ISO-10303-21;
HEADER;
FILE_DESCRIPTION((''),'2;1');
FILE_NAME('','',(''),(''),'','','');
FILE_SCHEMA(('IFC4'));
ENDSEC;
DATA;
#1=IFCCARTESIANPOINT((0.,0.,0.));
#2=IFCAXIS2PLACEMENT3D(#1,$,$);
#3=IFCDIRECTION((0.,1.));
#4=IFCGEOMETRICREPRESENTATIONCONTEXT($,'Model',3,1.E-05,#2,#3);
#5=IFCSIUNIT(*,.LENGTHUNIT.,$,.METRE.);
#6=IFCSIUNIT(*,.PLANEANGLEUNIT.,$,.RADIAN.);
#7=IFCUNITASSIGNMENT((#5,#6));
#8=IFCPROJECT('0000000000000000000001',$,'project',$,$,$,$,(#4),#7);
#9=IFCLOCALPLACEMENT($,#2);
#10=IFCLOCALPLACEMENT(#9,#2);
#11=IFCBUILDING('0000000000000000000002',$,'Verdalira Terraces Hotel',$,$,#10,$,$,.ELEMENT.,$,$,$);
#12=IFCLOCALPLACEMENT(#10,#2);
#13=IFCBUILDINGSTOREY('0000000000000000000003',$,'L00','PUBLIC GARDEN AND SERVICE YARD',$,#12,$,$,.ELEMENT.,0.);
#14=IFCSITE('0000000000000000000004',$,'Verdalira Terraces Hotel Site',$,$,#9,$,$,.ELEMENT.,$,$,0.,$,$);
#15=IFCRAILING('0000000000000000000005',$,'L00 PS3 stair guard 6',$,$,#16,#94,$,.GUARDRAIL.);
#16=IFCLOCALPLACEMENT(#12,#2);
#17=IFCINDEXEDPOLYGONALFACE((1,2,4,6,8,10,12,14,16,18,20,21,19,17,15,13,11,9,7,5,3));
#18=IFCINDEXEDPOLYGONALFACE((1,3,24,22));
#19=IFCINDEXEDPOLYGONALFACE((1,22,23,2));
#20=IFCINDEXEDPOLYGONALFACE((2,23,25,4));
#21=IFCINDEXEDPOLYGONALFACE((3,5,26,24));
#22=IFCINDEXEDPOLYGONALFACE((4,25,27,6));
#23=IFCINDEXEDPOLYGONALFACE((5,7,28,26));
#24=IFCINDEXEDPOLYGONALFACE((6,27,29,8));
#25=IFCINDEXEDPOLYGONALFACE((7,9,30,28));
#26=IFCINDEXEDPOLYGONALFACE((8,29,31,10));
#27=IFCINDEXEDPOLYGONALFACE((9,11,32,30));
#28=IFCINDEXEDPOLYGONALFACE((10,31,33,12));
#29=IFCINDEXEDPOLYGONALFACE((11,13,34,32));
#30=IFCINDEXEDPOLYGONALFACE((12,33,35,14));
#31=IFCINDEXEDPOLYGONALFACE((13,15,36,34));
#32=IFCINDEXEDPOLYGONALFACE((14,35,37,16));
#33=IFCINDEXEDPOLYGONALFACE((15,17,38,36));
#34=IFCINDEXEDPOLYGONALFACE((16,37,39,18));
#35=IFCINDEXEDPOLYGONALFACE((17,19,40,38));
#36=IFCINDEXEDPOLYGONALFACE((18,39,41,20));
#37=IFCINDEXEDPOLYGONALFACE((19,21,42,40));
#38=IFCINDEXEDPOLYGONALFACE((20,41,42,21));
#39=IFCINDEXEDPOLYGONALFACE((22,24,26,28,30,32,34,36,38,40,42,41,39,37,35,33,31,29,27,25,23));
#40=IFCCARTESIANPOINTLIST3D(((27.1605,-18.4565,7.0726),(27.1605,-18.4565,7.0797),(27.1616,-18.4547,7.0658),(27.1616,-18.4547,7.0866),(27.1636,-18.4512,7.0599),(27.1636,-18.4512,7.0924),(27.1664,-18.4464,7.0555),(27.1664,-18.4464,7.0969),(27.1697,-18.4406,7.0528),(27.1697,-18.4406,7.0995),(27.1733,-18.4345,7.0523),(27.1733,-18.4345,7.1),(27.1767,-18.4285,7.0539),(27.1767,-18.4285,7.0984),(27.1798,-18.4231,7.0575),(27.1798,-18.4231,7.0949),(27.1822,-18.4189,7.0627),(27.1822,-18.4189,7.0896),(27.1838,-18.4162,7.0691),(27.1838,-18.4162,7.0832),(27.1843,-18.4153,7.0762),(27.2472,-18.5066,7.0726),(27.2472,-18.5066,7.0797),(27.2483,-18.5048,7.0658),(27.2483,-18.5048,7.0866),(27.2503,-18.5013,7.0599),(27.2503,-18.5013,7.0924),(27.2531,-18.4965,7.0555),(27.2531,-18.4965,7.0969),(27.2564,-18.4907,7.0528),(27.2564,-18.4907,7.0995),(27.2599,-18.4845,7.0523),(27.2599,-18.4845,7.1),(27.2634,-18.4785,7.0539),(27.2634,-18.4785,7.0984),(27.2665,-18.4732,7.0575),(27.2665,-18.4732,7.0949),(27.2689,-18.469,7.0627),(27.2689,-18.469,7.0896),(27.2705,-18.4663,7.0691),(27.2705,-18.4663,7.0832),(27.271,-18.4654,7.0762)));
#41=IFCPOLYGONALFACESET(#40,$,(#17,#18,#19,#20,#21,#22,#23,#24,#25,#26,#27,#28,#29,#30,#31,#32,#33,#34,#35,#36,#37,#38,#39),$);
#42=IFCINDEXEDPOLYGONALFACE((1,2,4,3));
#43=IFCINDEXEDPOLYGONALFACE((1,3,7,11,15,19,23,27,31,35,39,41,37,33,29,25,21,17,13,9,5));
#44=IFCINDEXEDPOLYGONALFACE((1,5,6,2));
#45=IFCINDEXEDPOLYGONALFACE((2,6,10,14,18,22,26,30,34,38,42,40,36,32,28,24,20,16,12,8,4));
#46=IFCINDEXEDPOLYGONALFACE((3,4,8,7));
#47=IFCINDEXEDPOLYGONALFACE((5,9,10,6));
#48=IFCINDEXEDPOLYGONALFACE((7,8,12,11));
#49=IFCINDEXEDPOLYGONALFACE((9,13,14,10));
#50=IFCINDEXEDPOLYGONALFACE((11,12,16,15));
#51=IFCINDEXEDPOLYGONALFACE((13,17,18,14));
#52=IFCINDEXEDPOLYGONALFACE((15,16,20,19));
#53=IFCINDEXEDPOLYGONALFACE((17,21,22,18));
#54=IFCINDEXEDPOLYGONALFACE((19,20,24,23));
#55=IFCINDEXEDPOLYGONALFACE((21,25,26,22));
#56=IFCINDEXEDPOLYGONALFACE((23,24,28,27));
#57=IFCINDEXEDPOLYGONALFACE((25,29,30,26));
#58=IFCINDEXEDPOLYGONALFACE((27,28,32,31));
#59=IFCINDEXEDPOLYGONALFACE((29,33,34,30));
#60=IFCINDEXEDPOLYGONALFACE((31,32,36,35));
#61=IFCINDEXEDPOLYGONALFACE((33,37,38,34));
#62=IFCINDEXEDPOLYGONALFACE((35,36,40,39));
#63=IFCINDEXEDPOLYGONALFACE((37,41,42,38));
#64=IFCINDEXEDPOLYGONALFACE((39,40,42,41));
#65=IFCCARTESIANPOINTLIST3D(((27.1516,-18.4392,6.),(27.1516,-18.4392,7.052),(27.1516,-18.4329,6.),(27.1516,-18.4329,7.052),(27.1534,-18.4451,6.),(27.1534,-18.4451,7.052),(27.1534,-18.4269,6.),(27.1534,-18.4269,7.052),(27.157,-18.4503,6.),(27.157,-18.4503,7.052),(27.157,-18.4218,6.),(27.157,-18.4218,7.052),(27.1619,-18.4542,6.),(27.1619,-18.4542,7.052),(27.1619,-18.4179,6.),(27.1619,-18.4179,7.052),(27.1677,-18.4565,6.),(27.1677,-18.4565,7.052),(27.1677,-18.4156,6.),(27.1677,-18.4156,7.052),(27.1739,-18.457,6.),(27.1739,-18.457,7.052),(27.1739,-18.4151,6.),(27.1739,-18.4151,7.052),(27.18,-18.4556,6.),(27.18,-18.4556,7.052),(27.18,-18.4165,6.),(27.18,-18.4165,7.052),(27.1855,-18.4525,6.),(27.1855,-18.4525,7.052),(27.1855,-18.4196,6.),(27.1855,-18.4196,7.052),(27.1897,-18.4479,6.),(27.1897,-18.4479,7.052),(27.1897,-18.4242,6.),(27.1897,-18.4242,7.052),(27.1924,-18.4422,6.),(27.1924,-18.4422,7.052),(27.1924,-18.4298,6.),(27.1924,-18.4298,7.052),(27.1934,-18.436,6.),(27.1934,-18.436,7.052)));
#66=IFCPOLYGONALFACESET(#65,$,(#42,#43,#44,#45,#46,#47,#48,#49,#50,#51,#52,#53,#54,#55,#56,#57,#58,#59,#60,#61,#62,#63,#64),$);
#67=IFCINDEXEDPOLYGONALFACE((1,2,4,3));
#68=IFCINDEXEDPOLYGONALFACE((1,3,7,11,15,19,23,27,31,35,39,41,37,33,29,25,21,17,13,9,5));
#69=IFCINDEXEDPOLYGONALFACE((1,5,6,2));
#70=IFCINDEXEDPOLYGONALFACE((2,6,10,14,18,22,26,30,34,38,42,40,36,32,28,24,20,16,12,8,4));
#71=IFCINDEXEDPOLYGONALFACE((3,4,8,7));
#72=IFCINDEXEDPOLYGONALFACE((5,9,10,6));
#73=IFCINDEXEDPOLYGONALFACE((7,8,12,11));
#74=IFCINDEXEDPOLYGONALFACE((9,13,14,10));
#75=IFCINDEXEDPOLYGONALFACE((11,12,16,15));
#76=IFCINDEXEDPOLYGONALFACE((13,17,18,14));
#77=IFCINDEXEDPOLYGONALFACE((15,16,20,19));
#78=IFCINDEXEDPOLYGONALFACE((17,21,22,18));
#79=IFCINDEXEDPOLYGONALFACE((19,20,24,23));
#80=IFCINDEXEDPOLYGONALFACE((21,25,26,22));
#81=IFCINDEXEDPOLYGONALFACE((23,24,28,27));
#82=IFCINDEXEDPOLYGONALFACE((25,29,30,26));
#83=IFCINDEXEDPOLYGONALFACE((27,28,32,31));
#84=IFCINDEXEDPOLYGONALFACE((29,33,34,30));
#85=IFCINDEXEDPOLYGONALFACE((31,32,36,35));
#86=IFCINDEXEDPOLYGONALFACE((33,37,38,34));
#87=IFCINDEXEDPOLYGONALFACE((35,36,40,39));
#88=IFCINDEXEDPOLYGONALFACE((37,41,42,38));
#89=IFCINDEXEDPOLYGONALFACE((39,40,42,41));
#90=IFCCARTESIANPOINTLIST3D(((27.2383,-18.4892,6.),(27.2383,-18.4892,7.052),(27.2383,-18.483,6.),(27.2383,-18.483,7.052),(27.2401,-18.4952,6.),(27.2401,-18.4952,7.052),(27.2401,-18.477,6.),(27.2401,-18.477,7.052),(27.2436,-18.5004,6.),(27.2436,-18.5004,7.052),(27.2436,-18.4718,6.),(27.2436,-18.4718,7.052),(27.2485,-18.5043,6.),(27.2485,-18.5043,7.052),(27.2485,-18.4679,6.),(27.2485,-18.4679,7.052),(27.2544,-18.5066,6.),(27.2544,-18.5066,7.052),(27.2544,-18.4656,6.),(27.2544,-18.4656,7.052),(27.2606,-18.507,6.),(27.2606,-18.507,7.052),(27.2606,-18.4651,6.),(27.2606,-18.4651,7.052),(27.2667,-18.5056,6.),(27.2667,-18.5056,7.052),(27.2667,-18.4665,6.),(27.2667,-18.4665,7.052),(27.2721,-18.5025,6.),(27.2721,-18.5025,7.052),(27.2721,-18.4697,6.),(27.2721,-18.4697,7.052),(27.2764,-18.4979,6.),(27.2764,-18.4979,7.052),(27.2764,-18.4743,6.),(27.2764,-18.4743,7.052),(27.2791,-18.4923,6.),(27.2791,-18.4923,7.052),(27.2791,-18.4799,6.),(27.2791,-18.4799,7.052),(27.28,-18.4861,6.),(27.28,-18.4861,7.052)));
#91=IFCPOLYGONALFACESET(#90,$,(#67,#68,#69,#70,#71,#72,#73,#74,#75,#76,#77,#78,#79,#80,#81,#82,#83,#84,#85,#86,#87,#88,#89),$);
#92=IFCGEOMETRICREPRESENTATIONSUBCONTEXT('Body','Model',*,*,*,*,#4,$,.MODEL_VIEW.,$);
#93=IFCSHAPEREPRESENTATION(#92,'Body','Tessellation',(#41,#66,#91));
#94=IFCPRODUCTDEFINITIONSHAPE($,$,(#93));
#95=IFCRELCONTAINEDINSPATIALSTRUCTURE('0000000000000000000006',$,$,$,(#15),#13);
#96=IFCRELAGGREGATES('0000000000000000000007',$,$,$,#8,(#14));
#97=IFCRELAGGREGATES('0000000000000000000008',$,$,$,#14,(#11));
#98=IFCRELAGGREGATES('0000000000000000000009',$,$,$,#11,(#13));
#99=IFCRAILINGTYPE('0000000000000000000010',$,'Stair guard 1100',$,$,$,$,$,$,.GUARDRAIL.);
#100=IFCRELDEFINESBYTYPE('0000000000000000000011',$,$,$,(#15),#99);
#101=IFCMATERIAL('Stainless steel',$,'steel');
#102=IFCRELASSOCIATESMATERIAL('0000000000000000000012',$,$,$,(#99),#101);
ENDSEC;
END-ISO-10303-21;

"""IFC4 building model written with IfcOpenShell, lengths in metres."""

from ifc_helpers import new_model, si_unit, direction, frame, origin, origin_2d, place, context, subcontext, project, spatial, circle, extrude, material, type_object, element, save


model = new_model("IFC4")

# Units and contexts
model_context = context("Model", 3, precision=1e-05, world=origin(), true_north=direction((0.0, 1.0)))
body_context = subcontext(model_context, "Body", "Model", "MODEL_VIEW")
ifc_project = project(units=[si_unit("LENGTHUNIT", "METRE"), si_unit("PLANEANGLEUNIT", "RADIAN")], contexts=[model_context])

# Site, building, storey
site_placement = place(None, origin())
site = spatial("IfcSite", under=ifc_project, at=site_placement, Name="Verdalira Terraces Hotel Site", CompositionType="ELEMENT", RefElevation=0.0)
building_placement = place(site_placement, origin())
building = spatial("IfcBuilding", under=site, at=building_placement, Name="Verdalira Terraces Hotel", CompositionType="ELEMENT")
storey_placement = place(building_placement, origin())
storey = spatial("IfcBuildingStorey", under=building, at=storey_placement, Name="L00", Description="PUBLIC GARDEN AND SERVICE YARD", CompositionType="ELEMENT", Elevation=0.0)

# Railing
ifc_material_1 = material(Name="Stainless steel", Category="steel")
railing_type_1 = type_object("IfcRailingType", Name="Stair guard 1100", PredefinedType="GUARDRAIL", material=ifc_material_1)
railing_1_placement = place(storey_placement, frame((27.1724, -18.436, 6.0)))
element("IfcRailing", 1, at=railing_1_placement, inside=storey, type_object=railing_type_1, Name="L00 PS3 stair guard 6", PredefinedType="GUARDRAIL", context=body_context, shape_type="SweptSolid", body=[
    extrude(circle(Radius=0.0239, at=origin_2d()), frame((0.0, 0.0, 1.0762), z_axis=(0.865982, -0.500074, 0.0), x_axis=(0.500074, 0.865982, 0.0)), (0.0, 0.0, 1.0), 0.1001),
    extrude(circle(Radius=0.021, at=origin_2d()), origin(), (0.0, 0.0, 1.0), 1.052),
    extrude(circle(Radius=0.021, at=origin_2d()), frame((0.0867, -0.05, 0.0)), (0.0, 0.0, 1.0), 1.052),
])

save(model, "model.ifc")
